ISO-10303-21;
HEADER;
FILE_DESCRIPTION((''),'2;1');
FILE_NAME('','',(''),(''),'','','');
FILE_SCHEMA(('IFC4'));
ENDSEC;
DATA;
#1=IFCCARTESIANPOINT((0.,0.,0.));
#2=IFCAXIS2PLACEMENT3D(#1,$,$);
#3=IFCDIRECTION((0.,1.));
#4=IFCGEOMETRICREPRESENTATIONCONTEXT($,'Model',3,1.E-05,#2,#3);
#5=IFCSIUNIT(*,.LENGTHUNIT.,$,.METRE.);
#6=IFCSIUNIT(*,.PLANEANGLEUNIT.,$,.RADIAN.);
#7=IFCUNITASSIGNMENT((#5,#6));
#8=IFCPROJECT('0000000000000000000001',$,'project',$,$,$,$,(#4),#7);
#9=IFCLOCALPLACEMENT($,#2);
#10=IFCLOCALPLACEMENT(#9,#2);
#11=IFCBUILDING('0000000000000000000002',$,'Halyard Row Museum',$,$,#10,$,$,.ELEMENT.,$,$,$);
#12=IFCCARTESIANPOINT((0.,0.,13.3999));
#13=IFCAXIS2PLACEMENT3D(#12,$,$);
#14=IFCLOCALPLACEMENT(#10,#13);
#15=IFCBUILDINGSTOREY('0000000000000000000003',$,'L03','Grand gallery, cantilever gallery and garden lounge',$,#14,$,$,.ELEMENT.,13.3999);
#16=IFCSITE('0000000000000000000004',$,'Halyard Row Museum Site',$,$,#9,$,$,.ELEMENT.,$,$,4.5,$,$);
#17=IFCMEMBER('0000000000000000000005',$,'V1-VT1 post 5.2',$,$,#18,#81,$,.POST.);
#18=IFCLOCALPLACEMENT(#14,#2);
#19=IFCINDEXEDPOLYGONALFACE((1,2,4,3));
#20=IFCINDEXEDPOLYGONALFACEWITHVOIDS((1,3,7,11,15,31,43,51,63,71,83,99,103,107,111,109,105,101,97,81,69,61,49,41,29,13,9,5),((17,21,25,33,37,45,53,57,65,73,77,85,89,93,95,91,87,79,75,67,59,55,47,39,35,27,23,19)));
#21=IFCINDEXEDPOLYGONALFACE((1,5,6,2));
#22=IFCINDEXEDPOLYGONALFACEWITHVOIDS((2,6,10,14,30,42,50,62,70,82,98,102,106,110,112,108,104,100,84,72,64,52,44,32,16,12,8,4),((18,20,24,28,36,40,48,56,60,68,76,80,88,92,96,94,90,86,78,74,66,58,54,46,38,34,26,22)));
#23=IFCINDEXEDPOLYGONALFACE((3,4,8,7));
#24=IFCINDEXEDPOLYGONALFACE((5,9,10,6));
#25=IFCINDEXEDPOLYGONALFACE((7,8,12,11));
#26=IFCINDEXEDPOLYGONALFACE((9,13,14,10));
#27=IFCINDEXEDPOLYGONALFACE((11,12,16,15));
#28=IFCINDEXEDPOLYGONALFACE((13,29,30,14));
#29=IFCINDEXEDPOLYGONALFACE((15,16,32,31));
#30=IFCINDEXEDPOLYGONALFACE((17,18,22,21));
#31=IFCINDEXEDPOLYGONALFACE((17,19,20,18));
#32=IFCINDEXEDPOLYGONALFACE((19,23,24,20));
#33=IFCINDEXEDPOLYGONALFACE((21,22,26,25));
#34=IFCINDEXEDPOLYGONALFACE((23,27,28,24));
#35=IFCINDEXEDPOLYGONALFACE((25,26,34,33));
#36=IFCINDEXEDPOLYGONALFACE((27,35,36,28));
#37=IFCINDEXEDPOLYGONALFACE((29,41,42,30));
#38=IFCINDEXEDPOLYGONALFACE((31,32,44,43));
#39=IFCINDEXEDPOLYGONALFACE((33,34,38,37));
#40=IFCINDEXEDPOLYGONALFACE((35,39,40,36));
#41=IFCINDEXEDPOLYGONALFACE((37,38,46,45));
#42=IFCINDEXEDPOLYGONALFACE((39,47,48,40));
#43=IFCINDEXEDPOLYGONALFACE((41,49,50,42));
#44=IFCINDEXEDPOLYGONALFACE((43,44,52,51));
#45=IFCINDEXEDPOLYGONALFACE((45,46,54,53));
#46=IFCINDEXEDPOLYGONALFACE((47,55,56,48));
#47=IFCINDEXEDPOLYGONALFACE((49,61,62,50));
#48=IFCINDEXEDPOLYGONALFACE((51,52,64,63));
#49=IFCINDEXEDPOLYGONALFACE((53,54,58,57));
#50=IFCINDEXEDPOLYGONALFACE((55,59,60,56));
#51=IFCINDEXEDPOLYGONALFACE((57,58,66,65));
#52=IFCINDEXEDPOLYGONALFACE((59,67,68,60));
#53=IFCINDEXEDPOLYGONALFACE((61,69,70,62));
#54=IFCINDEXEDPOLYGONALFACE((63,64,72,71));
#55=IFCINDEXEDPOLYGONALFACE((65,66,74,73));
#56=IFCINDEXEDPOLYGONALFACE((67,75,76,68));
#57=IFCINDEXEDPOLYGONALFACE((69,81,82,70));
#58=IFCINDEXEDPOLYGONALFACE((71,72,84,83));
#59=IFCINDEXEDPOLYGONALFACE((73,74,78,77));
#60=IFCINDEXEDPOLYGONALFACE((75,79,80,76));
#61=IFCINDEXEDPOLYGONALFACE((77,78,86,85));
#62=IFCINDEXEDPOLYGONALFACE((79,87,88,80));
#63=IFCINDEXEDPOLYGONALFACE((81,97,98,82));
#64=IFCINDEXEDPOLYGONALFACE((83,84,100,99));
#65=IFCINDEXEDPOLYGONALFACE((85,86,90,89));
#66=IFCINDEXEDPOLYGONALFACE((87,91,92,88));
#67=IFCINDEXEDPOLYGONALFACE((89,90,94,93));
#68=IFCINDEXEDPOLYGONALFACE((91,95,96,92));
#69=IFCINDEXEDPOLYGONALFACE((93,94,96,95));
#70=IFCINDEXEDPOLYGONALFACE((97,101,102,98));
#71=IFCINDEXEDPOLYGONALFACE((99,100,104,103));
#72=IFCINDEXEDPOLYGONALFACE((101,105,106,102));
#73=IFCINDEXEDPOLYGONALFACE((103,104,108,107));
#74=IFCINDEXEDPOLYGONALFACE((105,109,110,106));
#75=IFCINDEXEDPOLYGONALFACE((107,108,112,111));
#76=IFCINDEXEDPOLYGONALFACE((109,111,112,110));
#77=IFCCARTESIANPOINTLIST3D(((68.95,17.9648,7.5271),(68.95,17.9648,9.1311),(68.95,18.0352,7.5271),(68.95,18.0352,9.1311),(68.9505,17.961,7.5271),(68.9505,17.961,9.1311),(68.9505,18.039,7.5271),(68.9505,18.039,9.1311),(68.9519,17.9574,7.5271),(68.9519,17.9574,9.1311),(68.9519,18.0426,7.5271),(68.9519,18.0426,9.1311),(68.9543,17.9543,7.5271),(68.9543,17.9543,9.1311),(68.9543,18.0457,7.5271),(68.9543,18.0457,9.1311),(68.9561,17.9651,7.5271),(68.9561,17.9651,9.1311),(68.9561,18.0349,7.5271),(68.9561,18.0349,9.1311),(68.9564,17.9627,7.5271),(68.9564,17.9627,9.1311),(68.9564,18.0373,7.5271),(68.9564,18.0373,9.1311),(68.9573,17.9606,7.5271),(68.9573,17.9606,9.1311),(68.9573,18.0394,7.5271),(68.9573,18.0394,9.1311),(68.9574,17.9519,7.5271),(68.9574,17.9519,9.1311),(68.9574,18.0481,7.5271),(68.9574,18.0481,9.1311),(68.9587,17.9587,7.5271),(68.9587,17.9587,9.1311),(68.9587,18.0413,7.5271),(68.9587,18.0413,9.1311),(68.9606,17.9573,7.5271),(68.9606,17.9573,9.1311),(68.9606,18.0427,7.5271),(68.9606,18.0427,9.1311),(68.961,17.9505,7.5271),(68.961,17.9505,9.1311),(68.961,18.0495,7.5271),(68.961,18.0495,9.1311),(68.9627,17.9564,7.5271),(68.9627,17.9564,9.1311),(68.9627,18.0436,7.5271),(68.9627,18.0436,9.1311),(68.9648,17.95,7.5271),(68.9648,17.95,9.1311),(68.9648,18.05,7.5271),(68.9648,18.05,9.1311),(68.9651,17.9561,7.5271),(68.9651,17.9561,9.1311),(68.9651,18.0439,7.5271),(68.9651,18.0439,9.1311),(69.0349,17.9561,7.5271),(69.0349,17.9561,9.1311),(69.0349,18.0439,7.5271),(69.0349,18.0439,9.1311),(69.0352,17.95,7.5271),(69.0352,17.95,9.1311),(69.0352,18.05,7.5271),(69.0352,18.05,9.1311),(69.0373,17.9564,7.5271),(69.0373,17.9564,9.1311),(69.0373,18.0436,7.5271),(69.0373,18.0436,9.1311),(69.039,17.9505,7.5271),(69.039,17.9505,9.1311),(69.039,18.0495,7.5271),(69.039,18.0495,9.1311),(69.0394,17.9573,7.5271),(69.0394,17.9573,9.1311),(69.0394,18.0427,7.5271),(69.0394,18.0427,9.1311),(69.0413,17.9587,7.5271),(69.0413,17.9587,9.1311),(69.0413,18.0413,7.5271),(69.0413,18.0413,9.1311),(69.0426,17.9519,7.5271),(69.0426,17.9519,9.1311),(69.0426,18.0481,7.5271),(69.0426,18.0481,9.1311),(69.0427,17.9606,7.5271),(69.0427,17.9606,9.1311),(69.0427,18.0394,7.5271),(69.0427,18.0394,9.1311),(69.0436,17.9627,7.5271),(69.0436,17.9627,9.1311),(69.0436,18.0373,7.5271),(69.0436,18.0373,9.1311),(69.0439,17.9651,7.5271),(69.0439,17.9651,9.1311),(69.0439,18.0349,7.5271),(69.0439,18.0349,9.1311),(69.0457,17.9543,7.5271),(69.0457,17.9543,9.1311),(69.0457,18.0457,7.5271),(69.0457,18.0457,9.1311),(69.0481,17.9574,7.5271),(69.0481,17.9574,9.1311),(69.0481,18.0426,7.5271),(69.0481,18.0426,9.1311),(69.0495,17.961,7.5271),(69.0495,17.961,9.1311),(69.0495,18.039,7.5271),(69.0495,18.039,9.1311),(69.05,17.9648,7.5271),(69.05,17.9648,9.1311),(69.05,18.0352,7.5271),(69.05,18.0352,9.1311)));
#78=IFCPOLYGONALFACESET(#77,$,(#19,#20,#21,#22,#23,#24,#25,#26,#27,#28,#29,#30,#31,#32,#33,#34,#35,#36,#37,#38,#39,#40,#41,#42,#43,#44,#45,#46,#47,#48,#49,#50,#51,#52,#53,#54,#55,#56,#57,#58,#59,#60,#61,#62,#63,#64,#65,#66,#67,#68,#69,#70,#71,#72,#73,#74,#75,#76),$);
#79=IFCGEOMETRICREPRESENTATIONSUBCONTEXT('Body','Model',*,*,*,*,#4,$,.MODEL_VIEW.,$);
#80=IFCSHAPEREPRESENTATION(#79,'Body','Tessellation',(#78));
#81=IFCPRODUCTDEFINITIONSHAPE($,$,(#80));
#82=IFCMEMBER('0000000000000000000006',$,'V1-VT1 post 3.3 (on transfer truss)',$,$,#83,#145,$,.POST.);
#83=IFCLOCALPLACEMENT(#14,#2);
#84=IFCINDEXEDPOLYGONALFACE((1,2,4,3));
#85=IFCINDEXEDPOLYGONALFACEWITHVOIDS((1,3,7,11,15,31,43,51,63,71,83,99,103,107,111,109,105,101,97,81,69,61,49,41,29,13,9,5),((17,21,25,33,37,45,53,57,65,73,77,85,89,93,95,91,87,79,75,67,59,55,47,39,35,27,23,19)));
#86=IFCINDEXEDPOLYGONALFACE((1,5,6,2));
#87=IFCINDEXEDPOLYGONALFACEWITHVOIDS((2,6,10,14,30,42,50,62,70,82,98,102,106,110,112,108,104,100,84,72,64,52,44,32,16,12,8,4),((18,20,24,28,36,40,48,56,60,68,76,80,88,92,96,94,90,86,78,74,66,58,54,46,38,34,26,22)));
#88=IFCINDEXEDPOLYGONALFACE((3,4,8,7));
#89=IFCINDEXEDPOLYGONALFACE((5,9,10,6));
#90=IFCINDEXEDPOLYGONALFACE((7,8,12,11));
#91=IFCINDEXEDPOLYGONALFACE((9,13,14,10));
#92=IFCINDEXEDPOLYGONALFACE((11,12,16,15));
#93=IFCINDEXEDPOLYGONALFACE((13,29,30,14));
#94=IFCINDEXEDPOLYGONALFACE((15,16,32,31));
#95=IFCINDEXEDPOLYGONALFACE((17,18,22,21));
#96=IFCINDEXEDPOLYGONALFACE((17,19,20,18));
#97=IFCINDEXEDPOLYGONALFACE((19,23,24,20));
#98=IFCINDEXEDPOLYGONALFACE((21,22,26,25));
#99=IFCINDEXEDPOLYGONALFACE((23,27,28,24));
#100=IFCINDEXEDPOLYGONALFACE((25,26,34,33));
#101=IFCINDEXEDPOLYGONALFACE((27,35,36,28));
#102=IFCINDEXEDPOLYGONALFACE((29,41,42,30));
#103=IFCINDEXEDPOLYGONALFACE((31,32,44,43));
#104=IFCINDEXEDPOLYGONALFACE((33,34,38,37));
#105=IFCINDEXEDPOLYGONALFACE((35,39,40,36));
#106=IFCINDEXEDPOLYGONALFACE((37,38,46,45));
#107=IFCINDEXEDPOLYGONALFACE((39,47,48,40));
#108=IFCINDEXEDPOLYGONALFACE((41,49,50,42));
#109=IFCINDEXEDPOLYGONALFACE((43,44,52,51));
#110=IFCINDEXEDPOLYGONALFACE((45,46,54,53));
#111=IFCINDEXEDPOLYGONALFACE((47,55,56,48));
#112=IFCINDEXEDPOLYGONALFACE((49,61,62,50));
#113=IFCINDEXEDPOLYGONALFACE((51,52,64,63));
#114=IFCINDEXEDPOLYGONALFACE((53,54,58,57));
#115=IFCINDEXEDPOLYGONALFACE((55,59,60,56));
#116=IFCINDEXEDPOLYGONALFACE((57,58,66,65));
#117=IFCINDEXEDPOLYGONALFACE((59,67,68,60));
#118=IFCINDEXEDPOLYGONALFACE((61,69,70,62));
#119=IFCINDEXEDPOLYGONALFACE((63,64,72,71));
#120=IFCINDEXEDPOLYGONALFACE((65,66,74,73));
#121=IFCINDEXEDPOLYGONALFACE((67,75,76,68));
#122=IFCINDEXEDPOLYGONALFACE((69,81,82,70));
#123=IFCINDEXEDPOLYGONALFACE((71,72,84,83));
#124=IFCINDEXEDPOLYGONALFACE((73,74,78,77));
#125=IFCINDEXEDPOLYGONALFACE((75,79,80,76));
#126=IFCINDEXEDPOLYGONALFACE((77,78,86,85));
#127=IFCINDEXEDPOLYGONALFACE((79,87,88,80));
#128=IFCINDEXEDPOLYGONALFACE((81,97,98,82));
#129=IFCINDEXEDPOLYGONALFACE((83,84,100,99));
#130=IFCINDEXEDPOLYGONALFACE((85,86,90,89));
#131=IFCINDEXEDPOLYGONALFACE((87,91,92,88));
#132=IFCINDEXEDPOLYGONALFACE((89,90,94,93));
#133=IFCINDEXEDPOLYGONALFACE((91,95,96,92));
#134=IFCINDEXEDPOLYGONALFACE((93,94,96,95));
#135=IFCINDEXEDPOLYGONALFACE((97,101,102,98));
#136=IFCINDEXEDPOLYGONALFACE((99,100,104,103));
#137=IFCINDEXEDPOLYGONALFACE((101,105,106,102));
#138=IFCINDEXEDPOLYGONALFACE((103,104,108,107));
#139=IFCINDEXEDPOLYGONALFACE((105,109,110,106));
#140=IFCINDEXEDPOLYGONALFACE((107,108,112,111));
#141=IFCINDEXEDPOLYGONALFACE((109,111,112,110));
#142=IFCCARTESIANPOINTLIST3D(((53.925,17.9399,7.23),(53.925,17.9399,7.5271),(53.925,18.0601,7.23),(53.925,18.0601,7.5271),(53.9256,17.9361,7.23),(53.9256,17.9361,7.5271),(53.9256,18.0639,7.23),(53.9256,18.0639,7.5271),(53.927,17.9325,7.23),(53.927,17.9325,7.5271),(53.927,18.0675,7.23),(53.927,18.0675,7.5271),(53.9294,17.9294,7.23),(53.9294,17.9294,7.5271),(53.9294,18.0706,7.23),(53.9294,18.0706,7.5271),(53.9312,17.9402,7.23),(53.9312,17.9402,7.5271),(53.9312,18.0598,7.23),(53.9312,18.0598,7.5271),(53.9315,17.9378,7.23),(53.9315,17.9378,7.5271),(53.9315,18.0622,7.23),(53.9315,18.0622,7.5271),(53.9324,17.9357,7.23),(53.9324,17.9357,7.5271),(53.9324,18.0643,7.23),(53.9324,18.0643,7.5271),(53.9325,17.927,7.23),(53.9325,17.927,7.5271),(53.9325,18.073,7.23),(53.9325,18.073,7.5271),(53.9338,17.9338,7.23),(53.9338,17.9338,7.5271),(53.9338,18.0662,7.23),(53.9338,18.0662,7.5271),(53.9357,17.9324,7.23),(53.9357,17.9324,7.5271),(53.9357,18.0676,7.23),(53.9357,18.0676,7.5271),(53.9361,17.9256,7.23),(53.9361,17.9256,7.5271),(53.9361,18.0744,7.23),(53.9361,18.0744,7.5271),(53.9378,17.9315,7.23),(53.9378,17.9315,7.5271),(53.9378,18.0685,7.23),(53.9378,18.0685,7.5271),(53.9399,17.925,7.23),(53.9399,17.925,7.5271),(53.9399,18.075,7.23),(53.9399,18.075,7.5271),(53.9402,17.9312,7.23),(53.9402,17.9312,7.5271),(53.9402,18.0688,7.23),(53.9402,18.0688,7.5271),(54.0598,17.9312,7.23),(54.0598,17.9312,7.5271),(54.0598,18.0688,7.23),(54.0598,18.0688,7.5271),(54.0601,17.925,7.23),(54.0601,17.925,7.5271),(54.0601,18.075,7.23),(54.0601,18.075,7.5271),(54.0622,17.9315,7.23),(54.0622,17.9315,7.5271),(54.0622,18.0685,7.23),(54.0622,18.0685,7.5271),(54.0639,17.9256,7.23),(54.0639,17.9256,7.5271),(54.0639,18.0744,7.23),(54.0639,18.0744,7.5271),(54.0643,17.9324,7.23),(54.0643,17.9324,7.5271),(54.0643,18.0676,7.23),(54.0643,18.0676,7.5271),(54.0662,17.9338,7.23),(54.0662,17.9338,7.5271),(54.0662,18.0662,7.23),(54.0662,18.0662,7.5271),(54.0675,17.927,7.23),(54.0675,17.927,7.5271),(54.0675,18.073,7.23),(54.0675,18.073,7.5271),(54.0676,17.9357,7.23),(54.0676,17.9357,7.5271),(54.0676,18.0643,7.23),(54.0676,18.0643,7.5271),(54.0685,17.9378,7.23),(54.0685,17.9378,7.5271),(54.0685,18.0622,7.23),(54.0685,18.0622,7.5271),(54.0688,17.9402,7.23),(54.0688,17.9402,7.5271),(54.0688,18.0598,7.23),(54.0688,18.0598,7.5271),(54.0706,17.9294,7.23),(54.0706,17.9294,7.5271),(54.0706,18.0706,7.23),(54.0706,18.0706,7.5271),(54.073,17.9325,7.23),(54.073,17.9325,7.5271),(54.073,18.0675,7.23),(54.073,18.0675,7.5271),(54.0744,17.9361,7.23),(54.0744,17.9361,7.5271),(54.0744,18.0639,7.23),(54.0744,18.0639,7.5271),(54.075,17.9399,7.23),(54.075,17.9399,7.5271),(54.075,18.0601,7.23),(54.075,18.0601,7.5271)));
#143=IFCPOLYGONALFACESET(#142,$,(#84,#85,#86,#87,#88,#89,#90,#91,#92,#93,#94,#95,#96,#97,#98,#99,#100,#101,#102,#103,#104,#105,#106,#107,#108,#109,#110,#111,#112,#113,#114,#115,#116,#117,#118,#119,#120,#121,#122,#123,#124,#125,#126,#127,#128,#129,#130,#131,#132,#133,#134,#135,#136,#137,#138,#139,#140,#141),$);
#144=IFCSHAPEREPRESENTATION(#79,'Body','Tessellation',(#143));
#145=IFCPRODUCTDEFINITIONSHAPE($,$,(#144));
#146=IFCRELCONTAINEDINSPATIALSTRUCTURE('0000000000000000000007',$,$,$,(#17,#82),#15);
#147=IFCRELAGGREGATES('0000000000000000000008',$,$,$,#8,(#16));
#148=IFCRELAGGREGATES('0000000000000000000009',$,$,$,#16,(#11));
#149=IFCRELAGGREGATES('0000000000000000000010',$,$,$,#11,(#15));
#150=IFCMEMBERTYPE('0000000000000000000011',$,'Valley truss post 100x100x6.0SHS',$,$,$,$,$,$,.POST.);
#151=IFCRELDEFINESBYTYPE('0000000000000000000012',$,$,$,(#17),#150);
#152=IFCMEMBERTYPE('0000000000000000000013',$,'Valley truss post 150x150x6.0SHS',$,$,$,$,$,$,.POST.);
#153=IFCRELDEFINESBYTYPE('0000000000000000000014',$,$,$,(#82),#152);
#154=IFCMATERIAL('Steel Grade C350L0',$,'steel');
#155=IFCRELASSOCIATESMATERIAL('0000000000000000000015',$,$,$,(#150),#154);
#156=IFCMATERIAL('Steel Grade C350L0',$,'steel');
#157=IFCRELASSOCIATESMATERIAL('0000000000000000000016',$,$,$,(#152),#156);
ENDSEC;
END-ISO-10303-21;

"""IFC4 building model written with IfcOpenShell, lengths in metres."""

from ifc_helpers import new_model, si_unit, direction, frame, origin, origin_2d, place, context, subcontext, project, spatial, hollow_rectangle, extrude, material, material_profile, profile_set, type_object, element, save


model = new_model("IFC4")

# Units and contexts
model_context = context("Model", 3, precision=1e-05, world=origin(), true_north=direction((0.0, 1.0)))
body_context = subcontext(model_context, "Body", "Model", "MODEL_VIEW")
ifc_project = project(units=[si_unit("LENGTHUNIT", "METRE"), si_unit("PLANEANGLEUNIT", "RADIAN")], contexts=[model_context])

# Site, building, storey
site_placement = place(None, origin())
site = spatial("IfcSite", under=ifc_project, at=site_placement, Name="Halyard Row Museum Site", CompositionType="ELEMENT", RefElevation=4.5)
building_placement = place(site_placement, origin())
building = spatial("IfcBuilding", under=site, at=building_placement, Name="Halyard Row Museum", CompositionType="ELEMENT")
storey_placement = place(building_placement, frame((0.0, 0.0, 13.3999)))
storey = spatial("IfcBuildingStorey", under=building, at=storey_placement, Name="L03", Description="Grand gallery, cantilever gallery and garden lounge", CompositionType="ELEMENT", Elevation=13.3999)

# Members
ifc_material_1 = material(Name="Steel Grade C350L0", Category="steel")
ifc_material_profile_1 = material_profile(ifc_material_1, hollow_rectangle(XDim=0.1001, YDim=0.1001, WallThickness=0.0061, InnerFilletRadius=0.009, OuterFilletRadius=0.0149, at=origin_2d()), Name="100x100x6.0SHS")
ifc_profile_set_1 = profile_set([ifc_material_profile_1], Name="Steel Grade C350L0")
member_type_1 = type_object("IfcMemberType", Name="Valley truss post 100x100x6.0SHS", PredefinedType="POST", material=ifc_profile_set_1)
for number, where, z_axis, x_axis, name in (
    (1, (69.0, 18.0, 7.5271), (0.0, 0.0, 1.0), (1.0, 0.0, 0.0), "V1-VT1 post 5.2"),
):
    element("IfcMember", number, at=place(storey_placement, frame(where, z_axis=z_axis, x_axis=x_axis)), inside=storey, type_object=member_type_1, Name=name, PredefinedType="POST", context=body_context, shape_type="SweptSolid", body=[
        extrude(hollow_rectangle(XDim=0.1001, YDim=0.1001, WallThickness=0.0061, InnerFilletRadius=0.009, OuterFilletRadius=0.0149, at=origin_2d()), origin(), (0.0, 0.0, 1.0), 1.604),
    ])
ifc_material_2 = material(Name="Steel Grade C350L0", Category="steel")
ifc_material_profile_2 = material_profile(ifc_material_2, hollow_rectangle(XDim=0.1499, YDim=0.1499, WallThickness=0.0061, InnerFilletRadius=0.009, OuterFilletRadius=0.0149, at=origin_2d()), Name="150x150x6.0SHS")
ifc_profile_set_2 = profile_set([ifc_material_profile_2], Name="Steel Grade C350L0")
member_type_2 = type_object("IfcMemberType", Name="Valley truss post 150x150x6.0SHS", PredefinedType="POST", material=ifc_profile_set_2)
member_1_placement = place(storey_placement, frame((54.0, 18.0, 7.23), z_axis=(0.0, 0.0, 1.0), x_axis=(1.0, 0.0, 0.0)))
element("IfcMember", 2, at=member_1_placement, inside=storey, type_object=member_type_2, Name="V1-VT1 post 3.3 (on transfer truss)", PredefinedType="POST", context=body_context, shape_type="SweptSolid", body=[
    extrude(hollow_rectangle(XDim=0.1499, YDim=0.1499, WallThickness=0.0061, InnerFilletRadius=0.009, OuterFilletRadius=0.0149, at=origin_2d()), origin(), (0.0, 0.0, 1.0), 0.2971),
])

save(model, "model.ifc")
